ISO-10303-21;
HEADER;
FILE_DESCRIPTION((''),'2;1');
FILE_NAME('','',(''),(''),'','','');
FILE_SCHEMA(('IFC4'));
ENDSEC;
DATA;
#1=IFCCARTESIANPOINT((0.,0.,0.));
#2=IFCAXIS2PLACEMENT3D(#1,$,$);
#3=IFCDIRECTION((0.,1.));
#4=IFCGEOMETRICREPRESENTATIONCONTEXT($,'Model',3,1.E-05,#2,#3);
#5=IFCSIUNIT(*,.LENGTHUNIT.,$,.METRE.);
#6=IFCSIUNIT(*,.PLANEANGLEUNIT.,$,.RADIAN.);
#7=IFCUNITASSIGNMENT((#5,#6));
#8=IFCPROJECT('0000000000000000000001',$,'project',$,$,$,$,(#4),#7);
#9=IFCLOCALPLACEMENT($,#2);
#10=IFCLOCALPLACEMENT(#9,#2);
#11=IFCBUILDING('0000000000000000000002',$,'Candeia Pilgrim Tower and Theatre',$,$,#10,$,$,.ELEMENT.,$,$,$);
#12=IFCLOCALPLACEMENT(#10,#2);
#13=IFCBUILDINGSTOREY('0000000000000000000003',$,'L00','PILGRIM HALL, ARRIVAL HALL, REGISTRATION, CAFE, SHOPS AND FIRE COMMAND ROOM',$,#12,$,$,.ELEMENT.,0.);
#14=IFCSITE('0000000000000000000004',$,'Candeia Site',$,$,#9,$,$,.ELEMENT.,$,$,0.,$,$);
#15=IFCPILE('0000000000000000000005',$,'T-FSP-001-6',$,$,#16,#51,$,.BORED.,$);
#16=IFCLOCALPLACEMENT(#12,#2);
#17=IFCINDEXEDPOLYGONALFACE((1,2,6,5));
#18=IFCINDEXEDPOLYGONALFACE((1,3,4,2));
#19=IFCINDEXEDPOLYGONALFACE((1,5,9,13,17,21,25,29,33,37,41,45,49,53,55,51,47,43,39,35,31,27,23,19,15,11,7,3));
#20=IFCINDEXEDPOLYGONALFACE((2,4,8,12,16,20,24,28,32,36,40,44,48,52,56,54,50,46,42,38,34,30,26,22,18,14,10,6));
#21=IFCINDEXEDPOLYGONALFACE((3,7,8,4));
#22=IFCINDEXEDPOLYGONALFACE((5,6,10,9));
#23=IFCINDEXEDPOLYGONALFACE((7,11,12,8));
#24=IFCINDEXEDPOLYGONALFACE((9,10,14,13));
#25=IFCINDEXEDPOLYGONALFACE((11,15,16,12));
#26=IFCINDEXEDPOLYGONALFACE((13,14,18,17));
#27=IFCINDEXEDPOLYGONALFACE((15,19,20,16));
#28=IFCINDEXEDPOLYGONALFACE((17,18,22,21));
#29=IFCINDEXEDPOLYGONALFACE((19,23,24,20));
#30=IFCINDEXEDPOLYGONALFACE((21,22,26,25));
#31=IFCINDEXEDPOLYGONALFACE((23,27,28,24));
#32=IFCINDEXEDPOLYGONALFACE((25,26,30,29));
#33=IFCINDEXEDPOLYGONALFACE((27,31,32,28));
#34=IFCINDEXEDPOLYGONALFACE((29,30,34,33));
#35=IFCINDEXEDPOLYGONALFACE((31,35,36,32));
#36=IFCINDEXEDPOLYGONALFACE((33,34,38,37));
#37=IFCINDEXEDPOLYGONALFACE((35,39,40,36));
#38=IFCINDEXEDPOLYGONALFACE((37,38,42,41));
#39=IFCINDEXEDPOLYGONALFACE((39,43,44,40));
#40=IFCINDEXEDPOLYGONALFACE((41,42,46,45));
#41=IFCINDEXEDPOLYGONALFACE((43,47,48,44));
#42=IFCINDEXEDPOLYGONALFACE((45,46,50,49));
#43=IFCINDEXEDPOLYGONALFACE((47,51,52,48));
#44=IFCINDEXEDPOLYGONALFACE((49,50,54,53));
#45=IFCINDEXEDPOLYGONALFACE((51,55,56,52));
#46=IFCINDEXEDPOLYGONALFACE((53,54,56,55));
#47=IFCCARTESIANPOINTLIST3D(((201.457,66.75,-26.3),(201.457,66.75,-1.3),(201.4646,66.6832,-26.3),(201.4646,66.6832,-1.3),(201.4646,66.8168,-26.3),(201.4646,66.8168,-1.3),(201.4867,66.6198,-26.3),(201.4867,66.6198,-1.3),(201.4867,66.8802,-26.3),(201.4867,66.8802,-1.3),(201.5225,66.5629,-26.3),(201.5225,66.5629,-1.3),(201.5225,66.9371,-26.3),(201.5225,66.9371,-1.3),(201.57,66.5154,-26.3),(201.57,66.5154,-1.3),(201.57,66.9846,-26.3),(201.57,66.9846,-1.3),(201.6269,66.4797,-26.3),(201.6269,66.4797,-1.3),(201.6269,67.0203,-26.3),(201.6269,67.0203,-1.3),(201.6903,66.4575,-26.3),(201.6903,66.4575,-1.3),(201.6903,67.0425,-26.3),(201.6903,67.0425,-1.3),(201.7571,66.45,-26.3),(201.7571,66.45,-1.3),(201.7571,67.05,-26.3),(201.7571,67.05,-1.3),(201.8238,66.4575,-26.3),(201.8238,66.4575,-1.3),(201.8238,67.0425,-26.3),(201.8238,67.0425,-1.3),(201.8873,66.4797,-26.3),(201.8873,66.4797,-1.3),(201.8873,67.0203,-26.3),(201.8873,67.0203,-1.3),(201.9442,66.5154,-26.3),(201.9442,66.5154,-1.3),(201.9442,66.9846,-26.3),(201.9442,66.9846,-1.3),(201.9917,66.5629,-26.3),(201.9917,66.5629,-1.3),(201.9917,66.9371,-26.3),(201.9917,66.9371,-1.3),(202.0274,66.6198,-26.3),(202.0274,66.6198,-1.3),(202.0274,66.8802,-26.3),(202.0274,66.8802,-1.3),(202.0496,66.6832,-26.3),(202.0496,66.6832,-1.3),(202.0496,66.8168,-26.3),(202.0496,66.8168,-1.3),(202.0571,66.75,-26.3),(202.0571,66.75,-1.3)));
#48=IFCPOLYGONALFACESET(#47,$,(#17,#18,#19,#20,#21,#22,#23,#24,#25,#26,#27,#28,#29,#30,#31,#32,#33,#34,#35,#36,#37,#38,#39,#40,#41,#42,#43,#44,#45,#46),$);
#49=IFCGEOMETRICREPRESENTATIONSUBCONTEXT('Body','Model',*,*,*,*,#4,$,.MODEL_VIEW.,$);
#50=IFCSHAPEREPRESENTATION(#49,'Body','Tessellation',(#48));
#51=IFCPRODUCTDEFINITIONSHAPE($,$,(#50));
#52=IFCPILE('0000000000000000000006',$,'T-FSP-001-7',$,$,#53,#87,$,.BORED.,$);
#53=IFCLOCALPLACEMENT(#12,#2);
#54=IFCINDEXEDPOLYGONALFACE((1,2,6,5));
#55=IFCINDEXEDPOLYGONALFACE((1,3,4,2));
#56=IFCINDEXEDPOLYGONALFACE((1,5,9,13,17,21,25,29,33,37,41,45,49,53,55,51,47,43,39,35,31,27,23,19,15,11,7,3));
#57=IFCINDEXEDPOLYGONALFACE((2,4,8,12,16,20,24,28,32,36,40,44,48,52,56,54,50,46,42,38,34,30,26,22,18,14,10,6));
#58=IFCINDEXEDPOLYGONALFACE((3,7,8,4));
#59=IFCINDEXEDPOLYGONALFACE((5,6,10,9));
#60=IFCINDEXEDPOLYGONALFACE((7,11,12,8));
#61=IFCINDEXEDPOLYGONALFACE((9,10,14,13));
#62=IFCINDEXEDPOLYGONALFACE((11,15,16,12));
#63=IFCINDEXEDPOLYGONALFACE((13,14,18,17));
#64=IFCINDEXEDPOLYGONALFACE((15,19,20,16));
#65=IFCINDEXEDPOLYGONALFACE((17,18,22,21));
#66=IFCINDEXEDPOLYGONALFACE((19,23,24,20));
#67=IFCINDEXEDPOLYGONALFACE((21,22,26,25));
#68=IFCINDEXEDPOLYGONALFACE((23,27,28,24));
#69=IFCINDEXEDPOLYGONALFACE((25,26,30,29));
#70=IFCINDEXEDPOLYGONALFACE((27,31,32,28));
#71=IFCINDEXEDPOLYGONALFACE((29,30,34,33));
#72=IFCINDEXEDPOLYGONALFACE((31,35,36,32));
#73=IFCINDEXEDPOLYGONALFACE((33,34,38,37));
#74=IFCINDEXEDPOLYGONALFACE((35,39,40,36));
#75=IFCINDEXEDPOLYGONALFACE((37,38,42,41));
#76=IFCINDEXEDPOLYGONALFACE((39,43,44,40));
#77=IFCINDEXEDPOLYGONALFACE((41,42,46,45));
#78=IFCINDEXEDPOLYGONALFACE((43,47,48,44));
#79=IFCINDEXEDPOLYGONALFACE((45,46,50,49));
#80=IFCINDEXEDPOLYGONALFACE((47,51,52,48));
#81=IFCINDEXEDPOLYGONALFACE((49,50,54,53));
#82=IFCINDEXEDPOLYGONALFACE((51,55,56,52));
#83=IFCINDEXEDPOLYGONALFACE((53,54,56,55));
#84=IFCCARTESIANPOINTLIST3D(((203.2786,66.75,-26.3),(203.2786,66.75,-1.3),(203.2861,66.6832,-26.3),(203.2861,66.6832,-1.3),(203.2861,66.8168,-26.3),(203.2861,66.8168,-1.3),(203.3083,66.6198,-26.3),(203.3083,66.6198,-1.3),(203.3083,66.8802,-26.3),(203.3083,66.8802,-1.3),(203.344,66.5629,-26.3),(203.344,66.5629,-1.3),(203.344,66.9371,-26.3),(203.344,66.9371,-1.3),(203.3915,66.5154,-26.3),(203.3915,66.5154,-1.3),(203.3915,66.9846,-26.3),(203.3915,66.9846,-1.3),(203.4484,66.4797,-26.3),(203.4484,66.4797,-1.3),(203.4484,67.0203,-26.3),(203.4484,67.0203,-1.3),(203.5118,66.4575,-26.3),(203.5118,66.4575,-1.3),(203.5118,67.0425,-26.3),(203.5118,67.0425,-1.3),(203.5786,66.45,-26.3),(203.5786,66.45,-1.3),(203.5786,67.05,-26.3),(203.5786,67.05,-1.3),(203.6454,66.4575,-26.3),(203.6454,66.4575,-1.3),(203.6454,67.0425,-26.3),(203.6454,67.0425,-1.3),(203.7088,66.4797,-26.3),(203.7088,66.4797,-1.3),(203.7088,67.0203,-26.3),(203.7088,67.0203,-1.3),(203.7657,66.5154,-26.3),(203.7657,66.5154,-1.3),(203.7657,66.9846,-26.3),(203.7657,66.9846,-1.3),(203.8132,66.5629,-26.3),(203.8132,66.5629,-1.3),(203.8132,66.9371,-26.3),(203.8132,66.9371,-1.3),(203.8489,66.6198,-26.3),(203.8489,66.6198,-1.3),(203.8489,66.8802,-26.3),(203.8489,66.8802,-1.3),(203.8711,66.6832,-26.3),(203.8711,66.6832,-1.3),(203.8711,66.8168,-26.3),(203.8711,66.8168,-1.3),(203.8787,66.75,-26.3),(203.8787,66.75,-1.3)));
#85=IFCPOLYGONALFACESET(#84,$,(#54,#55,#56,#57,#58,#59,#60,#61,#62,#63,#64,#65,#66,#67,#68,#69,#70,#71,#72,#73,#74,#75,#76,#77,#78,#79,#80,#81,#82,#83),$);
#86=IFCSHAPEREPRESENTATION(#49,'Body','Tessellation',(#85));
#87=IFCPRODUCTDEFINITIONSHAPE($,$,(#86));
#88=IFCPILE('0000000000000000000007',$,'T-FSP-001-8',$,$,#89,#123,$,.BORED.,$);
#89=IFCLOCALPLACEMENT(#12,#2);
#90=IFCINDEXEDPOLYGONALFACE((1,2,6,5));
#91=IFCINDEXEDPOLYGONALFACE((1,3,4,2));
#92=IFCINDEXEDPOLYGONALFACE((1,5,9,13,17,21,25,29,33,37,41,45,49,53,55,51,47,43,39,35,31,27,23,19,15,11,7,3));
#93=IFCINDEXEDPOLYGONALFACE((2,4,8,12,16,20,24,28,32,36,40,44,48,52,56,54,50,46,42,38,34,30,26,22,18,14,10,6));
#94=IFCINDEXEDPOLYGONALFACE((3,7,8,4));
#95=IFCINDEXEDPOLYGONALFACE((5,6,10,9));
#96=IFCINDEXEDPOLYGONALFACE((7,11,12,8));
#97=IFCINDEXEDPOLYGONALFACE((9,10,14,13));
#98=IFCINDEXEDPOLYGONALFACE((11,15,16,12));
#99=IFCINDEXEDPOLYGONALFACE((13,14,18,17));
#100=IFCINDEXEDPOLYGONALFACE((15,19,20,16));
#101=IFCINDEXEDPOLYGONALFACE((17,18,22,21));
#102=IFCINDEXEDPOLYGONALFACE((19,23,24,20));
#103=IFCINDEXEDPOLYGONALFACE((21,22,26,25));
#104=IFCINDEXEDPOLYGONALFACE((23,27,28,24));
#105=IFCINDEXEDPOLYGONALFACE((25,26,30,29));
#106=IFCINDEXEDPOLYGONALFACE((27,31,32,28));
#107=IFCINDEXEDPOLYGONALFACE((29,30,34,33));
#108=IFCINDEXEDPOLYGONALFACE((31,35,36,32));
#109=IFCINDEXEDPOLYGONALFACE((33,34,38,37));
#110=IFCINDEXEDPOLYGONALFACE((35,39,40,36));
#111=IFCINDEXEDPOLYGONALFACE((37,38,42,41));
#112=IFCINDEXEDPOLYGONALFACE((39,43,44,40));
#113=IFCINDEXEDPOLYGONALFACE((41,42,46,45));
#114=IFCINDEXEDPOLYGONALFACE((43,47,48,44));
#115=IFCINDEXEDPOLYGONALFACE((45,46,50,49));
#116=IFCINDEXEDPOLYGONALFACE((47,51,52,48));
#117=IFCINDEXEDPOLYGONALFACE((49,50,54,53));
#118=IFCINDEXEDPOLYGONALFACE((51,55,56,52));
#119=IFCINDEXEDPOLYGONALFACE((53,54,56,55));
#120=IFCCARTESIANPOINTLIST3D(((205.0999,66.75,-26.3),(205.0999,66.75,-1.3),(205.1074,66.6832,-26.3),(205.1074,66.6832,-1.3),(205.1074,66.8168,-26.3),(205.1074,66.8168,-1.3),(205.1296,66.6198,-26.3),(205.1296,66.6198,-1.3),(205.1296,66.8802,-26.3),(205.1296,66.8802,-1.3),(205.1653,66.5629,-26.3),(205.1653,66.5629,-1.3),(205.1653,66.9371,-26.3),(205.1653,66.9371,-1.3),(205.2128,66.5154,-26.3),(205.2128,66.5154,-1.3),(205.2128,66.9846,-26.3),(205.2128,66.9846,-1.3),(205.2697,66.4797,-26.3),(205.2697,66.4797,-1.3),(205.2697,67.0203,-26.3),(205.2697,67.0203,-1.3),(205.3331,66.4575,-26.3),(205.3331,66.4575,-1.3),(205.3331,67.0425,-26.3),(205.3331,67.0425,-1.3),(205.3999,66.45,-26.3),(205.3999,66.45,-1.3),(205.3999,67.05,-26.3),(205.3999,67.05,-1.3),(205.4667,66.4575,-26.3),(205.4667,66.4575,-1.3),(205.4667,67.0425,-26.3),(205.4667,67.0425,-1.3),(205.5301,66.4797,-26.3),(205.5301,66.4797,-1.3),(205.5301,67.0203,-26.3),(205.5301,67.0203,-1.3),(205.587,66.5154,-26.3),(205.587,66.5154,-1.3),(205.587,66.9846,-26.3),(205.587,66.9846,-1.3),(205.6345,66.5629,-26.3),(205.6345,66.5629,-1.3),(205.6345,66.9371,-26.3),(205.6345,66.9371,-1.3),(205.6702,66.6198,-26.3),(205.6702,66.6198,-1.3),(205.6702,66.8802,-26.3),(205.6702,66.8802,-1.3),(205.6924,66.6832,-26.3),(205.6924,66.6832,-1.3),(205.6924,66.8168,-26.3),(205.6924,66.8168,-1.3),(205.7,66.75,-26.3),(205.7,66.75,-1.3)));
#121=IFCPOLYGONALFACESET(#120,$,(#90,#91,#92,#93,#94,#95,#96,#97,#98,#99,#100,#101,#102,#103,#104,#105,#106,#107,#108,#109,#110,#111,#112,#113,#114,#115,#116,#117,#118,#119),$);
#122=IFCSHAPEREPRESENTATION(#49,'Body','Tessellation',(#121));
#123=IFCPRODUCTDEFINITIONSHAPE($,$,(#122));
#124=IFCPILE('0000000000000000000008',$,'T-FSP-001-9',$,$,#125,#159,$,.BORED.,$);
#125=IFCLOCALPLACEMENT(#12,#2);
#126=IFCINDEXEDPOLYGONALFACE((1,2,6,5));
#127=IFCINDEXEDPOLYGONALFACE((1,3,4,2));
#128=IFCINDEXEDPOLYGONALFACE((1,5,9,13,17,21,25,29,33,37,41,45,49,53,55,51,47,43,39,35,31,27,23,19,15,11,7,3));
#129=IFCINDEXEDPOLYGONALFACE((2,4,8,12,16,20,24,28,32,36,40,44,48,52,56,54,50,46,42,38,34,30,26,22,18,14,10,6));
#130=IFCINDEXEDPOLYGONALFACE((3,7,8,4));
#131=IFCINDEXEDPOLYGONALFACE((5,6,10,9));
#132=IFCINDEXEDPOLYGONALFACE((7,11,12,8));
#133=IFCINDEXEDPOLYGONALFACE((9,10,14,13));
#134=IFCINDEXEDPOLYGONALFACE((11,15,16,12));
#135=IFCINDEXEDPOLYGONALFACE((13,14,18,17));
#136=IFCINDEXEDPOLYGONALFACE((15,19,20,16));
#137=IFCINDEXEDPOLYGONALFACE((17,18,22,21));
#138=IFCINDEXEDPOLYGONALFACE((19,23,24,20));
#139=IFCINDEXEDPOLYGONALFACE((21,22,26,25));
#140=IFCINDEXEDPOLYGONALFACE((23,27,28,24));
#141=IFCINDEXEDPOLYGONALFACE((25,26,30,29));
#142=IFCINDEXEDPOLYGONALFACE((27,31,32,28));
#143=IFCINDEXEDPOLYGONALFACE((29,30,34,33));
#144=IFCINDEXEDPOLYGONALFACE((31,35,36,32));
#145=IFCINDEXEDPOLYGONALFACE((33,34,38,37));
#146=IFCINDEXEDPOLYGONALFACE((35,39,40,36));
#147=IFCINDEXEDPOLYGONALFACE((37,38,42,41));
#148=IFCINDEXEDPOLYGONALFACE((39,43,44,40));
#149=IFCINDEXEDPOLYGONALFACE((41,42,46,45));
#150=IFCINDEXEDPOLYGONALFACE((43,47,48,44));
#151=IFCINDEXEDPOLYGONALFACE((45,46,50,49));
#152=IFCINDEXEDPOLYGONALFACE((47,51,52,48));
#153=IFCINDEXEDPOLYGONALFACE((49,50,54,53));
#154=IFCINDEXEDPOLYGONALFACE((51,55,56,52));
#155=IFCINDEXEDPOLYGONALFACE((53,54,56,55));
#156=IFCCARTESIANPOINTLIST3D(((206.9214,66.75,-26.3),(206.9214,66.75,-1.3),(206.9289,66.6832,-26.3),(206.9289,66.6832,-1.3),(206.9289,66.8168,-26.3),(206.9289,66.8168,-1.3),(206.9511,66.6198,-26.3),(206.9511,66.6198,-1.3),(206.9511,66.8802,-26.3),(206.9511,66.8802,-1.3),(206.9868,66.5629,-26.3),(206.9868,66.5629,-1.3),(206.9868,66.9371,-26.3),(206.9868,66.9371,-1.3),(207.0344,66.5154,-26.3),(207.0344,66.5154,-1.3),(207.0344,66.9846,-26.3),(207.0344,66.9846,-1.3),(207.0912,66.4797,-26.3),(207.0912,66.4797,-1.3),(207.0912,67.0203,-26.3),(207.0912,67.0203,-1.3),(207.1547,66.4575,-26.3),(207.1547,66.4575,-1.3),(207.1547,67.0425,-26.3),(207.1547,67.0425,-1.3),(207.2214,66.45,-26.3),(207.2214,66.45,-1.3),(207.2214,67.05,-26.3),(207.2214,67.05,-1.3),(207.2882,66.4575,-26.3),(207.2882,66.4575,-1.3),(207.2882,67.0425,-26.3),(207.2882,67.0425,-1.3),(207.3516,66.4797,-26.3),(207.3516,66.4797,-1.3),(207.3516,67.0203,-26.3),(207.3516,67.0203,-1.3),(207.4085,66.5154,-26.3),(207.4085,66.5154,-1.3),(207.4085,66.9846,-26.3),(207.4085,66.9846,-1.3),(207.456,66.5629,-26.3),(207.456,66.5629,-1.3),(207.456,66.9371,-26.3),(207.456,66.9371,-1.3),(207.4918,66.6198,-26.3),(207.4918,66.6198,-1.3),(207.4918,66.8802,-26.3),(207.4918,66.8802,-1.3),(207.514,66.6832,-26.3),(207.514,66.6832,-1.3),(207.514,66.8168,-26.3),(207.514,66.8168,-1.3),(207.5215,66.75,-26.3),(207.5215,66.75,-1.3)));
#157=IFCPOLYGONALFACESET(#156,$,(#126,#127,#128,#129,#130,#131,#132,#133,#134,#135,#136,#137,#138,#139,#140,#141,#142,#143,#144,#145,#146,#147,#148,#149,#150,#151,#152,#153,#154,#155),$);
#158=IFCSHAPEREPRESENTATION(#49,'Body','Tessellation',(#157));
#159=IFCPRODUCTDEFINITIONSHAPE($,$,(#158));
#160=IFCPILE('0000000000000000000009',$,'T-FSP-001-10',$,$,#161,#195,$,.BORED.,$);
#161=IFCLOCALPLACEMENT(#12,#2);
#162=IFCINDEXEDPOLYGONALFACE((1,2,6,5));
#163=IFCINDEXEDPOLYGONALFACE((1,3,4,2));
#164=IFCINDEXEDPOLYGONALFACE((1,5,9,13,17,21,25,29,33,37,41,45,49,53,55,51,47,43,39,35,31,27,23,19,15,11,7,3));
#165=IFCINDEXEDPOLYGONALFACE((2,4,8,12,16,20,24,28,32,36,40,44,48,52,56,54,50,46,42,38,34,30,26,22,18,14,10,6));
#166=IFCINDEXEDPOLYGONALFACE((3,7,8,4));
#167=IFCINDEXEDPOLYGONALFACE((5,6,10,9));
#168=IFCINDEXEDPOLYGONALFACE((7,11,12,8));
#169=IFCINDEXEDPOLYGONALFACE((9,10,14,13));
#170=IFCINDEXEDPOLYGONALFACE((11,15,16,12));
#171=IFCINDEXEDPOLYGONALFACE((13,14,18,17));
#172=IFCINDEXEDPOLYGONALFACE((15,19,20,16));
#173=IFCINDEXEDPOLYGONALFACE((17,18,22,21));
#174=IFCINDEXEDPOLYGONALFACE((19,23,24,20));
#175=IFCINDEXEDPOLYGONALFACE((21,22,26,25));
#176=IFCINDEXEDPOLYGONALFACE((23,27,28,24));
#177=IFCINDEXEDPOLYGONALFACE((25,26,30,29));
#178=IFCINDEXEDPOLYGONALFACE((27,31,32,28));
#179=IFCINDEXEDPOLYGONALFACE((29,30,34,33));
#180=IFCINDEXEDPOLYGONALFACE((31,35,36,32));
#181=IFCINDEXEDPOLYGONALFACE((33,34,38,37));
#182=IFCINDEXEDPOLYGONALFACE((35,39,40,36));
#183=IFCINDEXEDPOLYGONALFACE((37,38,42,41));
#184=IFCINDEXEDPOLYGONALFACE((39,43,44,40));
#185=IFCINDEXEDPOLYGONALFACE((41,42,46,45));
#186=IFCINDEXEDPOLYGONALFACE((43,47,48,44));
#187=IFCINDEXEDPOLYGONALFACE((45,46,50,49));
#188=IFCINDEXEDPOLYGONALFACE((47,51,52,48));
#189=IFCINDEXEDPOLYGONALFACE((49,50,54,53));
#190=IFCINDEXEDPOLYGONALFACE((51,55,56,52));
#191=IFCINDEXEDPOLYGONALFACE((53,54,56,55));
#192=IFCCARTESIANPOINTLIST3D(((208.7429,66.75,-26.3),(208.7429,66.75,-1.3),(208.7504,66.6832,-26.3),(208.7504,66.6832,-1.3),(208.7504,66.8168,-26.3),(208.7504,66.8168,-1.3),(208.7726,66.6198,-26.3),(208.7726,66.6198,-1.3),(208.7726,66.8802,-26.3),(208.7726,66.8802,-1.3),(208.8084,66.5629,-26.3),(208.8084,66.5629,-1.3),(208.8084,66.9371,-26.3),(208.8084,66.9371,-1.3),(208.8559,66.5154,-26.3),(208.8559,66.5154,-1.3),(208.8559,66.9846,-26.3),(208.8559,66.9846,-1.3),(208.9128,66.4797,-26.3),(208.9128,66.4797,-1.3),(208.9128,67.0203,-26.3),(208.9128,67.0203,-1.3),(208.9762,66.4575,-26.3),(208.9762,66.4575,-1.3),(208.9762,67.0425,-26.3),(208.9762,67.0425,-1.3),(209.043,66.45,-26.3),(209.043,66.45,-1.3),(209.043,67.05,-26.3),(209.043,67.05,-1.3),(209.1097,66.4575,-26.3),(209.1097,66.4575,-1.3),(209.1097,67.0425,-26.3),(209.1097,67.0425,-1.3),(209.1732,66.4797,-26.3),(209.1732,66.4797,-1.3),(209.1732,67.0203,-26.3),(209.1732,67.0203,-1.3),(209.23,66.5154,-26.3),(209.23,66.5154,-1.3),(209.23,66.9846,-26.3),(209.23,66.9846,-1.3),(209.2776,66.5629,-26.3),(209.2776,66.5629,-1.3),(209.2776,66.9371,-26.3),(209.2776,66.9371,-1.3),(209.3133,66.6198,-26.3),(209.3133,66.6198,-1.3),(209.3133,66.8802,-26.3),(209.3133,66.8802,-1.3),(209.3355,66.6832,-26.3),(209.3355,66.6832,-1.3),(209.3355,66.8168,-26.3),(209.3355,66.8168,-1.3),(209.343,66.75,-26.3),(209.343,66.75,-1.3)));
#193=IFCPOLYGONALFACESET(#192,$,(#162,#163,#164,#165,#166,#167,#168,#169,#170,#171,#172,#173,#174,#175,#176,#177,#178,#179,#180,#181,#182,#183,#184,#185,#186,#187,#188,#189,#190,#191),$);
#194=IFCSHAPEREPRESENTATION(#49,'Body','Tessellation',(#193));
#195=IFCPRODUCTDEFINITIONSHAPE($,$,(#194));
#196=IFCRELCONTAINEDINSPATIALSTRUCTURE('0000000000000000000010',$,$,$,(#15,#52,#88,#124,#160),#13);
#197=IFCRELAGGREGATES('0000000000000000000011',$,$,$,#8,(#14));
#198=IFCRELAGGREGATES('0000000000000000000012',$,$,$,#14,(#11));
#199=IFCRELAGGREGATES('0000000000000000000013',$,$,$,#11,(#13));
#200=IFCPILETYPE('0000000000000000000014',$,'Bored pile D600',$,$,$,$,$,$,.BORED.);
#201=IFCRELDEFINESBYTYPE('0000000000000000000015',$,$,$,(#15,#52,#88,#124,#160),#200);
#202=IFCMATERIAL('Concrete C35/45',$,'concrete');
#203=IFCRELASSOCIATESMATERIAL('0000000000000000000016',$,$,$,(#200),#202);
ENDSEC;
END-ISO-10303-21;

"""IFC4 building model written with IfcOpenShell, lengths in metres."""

from ifc_helpers import new_model, si_unit, direction, frame, origin, origin_2d, place, context, subcontext, project, spatial, circle, extrude, material, type_object, element, save


model = new_model("IFC4")

# Units and contexts
model_context = context("Model", 3, precision=1e-05, world=origin(), true_north=direction((0.0, 1.0)))
body_context = subcontext(model_context, "Body", "Model", "MODEL_VIEW")
ifc_project = project(units=[si_unit("LENGTHUNIT", "METRE"), si_unit("PLANEANGLEUNIT", "RADIAN")], contexts=[model_context])

# Site, building, storey
site_placement = place(None, origin())
site = spatial("IfcSite", under=ifc_project, at=site_placement, Name="Candeia Site", CompositionType="ELEMENT", RefElevation=0.0)
building_placement = place(site_placement, origin())
building = spatial("IfcBuilding", under=site, at=building_placement, Name="Candeia Pilgrim Tower and Theatre", CompositionType="ELEMENT")
storey_placement = place(building_placement, origin())
storey = spatial("IfcBuildingStorey", under=building, at=storey_placement, Name="L00", Description="PILGRIM HALL, ARRIVAL HALL, REGISTRATION, CAFE, SHOPS AND FIRE COMMAND ROOM", CompositionType="ELEMENT", Elevation=0.0)

# Piles
ifc_material_1 = material(Name="Concrete C35/45", Category="concrete")
pile_type = type_object("IfcPileType", Name="Bored pile D600", PredefinedType="BORED", material=ifc_material_1)
for number, where, z_axis, x_axis, name in (
    (1, (201.7571, 66.75, -1.3), (0.0, 0.0, -1.0), (1.0, 0.0, 0.0), "T-FSP-001-6"),
    (2, (203.5786, 66.75, -1.3), (0.0, 0.0, -1.0), (1.0, 0.0, 0.0), "T-FSP-001-7"),
    (3, (205.3999, 66.75, -1.3), (0.0, 0.0, -1.0), (1.0, 0.0, 0.0), "T-FSP-001-8"),
    (4, (207.2214, 66.75, -1.3), (0.0, 0.0, -1.0), (1.0, 0.0, 0.0), "T-FSP-001-9"),
    (5, (209.043, 66.75, -1.3), (0.0, 0.0, -1.0), (1.0, 0.0, 0.0), "T-FSP-001-10"),
):
    element("IfcPile", number, at=place(storey_placement, frame(where, z_axis=z_axis, x_axis=x_axis)), inside=storey, type_object=pile_type, Name=name, PredefinedType="BORED", context=body_context, shape_type="SweptSolid", body=[
        extrude(circle(Radius=0.3, at=origin_2d()), origin(), (0.0, 0.0, 1.0), 25.0),
    ])

save(model, "model.ifc")
